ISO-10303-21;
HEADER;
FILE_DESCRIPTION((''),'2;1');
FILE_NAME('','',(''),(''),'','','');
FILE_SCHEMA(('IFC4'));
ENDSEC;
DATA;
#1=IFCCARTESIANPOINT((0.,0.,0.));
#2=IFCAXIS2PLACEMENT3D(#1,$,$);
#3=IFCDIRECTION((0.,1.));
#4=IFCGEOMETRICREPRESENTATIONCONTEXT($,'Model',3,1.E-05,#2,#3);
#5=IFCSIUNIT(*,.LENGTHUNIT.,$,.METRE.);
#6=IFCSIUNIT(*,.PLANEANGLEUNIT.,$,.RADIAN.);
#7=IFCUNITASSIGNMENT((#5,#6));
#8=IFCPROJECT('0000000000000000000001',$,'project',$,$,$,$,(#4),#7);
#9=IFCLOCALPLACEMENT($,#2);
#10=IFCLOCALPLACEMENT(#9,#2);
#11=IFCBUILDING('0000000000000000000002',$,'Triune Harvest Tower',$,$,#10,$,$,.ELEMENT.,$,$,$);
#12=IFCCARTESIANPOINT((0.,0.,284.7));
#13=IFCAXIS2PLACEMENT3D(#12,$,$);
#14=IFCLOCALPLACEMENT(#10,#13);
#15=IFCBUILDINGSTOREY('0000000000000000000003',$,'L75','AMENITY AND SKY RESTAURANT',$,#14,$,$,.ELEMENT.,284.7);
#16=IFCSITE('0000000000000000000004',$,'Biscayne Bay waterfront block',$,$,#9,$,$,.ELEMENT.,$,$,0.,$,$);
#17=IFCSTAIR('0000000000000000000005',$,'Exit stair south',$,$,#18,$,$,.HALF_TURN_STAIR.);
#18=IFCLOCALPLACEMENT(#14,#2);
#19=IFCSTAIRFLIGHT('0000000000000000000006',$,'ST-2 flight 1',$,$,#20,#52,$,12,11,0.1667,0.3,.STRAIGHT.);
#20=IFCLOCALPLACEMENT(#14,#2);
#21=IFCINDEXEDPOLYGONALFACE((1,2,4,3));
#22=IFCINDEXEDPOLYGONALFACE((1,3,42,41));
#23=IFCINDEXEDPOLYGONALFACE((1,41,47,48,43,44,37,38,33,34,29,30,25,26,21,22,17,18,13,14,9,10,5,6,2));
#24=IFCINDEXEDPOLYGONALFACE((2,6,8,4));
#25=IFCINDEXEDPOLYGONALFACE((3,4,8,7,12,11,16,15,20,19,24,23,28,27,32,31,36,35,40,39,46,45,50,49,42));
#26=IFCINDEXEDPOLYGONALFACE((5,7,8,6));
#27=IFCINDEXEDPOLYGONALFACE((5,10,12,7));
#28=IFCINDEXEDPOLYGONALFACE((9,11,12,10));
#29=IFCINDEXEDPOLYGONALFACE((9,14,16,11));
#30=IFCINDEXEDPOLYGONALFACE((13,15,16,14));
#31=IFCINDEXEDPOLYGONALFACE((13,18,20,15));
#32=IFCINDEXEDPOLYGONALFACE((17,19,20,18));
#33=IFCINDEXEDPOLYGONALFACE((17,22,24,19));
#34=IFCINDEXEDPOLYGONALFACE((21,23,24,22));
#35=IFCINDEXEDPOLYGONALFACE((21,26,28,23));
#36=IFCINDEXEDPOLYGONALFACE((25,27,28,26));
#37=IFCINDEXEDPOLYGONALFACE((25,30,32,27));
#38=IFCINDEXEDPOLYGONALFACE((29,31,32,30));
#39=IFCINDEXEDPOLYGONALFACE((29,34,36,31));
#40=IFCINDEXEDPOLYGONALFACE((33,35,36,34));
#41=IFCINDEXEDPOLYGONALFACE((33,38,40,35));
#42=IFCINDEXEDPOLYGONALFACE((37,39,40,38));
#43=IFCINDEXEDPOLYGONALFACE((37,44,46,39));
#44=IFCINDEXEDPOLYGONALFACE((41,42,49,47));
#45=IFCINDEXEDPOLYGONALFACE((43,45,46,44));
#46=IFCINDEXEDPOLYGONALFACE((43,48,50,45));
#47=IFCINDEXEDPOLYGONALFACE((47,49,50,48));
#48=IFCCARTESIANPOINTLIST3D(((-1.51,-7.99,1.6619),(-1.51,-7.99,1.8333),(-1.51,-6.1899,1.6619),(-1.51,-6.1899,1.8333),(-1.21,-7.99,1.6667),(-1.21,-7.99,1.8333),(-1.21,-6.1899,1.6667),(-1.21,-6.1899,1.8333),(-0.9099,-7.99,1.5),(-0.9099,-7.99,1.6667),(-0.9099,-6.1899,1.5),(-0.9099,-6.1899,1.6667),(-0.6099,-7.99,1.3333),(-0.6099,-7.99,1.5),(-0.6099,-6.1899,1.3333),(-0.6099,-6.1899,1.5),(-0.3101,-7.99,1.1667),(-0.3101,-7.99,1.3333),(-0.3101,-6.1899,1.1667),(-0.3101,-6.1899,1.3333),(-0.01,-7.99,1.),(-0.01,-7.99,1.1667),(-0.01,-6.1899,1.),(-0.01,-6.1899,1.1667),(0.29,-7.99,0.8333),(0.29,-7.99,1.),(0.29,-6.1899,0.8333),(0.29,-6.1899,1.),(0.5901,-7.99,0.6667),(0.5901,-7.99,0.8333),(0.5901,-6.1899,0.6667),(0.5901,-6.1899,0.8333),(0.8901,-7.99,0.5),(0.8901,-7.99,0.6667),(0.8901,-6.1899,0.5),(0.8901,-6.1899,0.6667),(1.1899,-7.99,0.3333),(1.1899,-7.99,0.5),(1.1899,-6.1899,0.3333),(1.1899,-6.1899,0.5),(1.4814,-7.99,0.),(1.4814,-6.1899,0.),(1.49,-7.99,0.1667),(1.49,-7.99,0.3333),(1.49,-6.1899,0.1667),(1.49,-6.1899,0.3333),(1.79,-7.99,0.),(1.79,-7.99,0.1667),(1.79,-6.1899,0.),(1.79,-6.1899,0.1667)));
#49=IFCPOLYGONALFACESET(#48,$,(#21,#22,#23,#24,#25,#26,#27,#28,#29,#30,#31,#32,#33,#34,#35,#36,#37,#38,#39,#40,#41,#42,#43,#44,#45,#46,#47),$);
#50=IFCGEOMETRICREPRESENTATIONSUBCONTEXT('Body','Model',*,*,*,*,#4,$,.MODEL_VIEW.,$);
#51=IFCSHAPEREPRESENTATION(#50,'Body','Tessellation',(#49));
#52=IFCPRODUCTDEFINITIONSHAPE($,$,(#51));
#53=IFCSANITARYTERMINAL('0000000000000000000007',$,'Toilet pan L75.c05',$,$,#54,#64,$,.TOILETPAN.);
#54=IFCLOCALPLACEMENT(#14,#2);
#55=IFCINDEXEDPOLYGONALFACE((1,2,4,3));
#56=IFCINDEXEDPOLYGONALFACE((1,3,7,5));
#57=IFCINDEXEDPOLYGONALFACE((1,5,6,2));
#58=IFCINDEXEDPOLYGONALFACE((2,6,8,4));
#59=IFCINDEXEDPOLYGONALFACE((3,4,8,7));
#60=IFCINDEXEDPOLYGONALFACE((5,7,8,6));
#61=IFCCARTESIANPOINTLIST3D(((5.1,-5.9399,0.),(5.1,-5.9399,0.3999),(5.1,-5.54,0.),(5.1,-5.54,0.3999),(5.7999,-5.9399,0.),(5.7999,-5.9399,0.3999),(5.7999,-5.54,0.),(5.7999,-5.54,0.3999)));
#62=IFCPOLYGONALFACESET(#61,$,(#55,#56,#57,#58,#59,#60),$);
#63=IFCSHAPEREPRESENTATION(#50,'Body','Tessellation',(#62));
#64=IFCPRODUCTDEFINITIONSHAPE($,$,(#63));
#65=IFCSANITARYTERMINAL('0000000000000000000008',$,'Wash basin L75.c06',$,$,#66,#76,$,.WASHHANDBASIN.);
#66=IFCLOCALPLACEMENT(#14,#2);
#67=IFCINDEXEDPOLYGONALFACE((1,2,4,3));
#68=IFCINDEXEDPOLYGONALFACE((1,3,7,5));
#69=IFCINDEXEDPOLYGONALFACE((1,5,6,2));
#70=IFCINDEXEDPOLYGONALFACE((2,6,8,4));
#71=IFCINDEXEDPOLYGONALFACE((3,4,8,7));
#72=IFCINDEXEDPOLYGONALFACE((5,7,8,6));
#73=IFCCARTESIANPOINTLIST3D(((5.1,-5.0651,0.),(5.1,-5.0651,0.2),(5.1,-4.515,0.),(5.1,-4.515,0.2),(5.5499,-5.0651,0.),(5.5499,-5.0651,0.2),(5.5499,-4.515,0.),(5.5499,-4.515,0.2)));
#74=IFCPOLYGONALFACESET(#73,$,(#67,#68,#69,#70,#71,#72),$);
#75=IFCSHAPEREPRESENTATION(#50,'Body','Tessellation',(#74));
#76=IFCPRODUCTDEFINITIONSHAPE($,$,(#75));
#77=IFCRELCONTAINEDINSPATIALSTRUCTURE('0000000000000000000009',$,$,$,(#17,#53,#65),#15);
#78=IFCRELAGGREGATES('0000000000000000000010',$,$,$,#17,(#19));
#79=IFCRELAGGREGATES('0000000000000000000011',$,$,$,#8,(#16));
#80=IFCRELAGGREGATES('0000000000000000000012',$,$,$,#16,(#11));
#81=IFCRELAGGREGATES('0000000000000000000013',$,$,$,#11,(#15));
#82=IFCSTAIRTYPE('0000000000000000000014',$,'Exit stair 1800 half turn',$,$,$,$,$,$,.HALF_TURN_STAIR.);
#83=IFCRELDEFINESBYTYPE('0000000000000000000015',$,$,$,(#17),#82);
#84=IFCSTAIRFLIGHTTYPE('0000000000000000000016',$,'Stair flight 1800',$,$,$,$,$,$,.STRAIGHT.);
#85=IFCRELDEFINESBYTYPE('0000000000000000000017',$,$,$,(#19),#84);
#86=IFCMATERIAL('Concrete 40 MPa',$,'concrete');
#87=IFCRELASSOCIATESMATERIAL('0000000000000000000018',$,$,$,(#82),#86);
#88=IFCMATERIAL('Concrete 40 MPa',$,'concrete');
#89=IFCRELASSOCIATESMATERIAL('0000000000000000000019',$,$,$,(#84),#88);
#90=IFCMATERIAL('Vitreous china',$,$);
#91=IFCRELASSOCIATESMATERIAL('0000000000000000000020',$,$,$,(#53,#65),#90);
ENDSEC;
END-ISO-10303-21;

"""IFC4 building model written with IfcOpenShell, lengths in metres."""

from ifc_helpers import new_model, si_unit, direction, frame, origin, origin_2d, place, context, subcontext, project, spatial, polyline, rectangle, outline, extrude, source, transform, mapped, material, type_object, element, aggregate, save


model = new_model("IFC4")

# Units and contexts
model_context = context("Model", 3, precision=1e-05, world=origin(), true_north=direction((0.0, 1.0)))
body_context = subcontext(model_context, "Body", "Model", "MODEL_VIEW")
ifc_project = project(units=[si_unit("LENGTHUNIT", "METRE"), si_unit("PLANEANGLEUNIT", "RADIAN")], contexts=[model_context])

# Site, building, storey
site_placement = place(None, origin())
site = spatial("IfcSite", under=ifc_project, at=site_placement, Name="Biscayne Bay waterfront block", CompositionType="ELEMENT", RefElevation=0.0)
building_placement = place(site_placement, origin())
building = spatial("IfcBuilding", under=site, at=building_placement, Name="Triune Harvest Tower", CompositionType="ELEMENT")
storey_placement = place(building_placement, frame((0.0, 0.0, 284.7)))
storey = spatial("IfcBuildingStorey", under=building, at=storey_placement, Name="L75", Description="AMENITY AND SKY RESTAURANT", CompositionType="ELEMENT", Elevation=284.7)

# Stair, stair flight
ifc_material_1 = material(Name="Concrete 40 MPa", Category="concrete")
stair_type = type_object("IfcStairType", Name="Exit stair 1800 half turn", PredefinedType="HALF_TURN_STAIR", material=ifc_material_1)
stair_placement = place(storey_placement, origin())
stair = element("IfcStair", 1, at=stair_placement, inside=storey, type_object=stair_type, Name="Exit stair south", PredefinedType="HALF_TURN_STAIR")
ifc_material_2 = material(Name="Concrete 40 MPa", Category="concrete")
stair_flight_type = type_object("IfcStairFlightType", Name="Stair flight 1800", PredefinedType="STRAIGHT", material=ifc_material_2)
shared_shape_1 = source(origin(), body_context, "Body", "SweptSolid", [
    extrude(outline(polyline([(0.0, 0.0), (0.0, 0.1667), (0.3, 0.1667), (0.3, 0.3333), (0.6001, 0.3333), (0.6001, 0.5), (0.8999, 0.5), (0.8999, 0.6667), (1.2, 0.6667), (1.2, 0.8333), (1.5, 0.8333), (1.5, 1.0), (1.8, 1.0), (1.8, 1.1667), (2.1001, 1.1667), (2.1001, 1.3333), (2.3999, 1.3333), (2.3999, 1.5), (2.7, 1.5), (2.7, 1.6667), (3.0, 1.6667), (3.0, 1.8333), (3.3, 1.8333), (3.3, 2.0), (3.3, 1.6619), (0.3086, 0.0), (0.0, 0.0)])), frame((0.0, 0.8999, 0.0), z_axis=(0.0, -1.0, 0.0), x_axis=(1.0, 0.0, 0.0)), (0.0, 0.0, 1.0), 1.8),
])
stair_flight_placement = place(storey_placement, frame((1.79, -7.0901, 0.0), z_axis=(0.0, 0.0, 1.0), x_axis=(-1.0, 0.0, 0.0)))
stair_flight = element("IfcStairFlight", 2, at=stair_flight_placement, type_object=stair_flight_type, Name="ST-2 flight 1", NumberOfRisers=12, NumberOfTreads=11, PredefinedType="STRAIGHT", RiserHeight=0.1667, TreadLength=0.3, context=body_context, shape_type="MappedRepresentation", body=[
    mapped(shared_shape_1, transform((0.0, 0.0, 0.0), scale=1.0)),
])
aggregate(stair, [stair_flight])

# Sanitary terminals
ifc_material_3 = material(Name="Vitreous china")
shared_shape_2 = source(origin(), body_context, "Body", "SweptSolid", [
    extrude(rectangle(XDim=0.3999, YDim=0.7, at=origin_2d()), origin(), (0.0, 0.0, 1.0), 0.3999),
])
sanitary_terminal_1_placement = place(storey_placement, frame((5.45, -5.74, 0.0), z_axis=(0.0, 0.0, 1.0), x_axis=(0.0, 1.0, 0.0)))
element("IfcSanitaryTerminal", 3, at=sanitary_terminal_1_placement, inside=storey, material=ifc_material_3, Name="Toilet pan L75.c05", PredefinedType="TOILETPAN", context=body_context, shape_type="MappedRepresentation", body=[
    mapped(shared_shape_2, transform((0.0, 0.0, 0.0), scale=1.0)),
])
shared_shape_3 = source(origin(), body_context, "Body", "SweptSolid", [
    extrude(rectangle(XDim=0.55, YDim=0.45, at=origin_2d()), origin(), (0.0, 0.0, 1.0), 0.2),
])
sanitary_terminal_2_placement = place(storey_placement, frame((5.325, -4.79, 0.0), z_axis=(0.0, 0.0, 1.0), x_axis=(0.0, 1.0, 0.0)))
element("IfcSanitaryTerminal", 4, at=sanitary_terminal_2_placement, inside=storey, material=ifc_material_3, Name="Wash basin L75.c06", PredefinedType="WASHHANDBASIN", context=body_context, shape_type="MappedRepresentation", body=[
    mapped(shared_shape_3, transform((0.0, 0.0, 0.0), scale=1.0)),
])

save(model, "model.ifc")
